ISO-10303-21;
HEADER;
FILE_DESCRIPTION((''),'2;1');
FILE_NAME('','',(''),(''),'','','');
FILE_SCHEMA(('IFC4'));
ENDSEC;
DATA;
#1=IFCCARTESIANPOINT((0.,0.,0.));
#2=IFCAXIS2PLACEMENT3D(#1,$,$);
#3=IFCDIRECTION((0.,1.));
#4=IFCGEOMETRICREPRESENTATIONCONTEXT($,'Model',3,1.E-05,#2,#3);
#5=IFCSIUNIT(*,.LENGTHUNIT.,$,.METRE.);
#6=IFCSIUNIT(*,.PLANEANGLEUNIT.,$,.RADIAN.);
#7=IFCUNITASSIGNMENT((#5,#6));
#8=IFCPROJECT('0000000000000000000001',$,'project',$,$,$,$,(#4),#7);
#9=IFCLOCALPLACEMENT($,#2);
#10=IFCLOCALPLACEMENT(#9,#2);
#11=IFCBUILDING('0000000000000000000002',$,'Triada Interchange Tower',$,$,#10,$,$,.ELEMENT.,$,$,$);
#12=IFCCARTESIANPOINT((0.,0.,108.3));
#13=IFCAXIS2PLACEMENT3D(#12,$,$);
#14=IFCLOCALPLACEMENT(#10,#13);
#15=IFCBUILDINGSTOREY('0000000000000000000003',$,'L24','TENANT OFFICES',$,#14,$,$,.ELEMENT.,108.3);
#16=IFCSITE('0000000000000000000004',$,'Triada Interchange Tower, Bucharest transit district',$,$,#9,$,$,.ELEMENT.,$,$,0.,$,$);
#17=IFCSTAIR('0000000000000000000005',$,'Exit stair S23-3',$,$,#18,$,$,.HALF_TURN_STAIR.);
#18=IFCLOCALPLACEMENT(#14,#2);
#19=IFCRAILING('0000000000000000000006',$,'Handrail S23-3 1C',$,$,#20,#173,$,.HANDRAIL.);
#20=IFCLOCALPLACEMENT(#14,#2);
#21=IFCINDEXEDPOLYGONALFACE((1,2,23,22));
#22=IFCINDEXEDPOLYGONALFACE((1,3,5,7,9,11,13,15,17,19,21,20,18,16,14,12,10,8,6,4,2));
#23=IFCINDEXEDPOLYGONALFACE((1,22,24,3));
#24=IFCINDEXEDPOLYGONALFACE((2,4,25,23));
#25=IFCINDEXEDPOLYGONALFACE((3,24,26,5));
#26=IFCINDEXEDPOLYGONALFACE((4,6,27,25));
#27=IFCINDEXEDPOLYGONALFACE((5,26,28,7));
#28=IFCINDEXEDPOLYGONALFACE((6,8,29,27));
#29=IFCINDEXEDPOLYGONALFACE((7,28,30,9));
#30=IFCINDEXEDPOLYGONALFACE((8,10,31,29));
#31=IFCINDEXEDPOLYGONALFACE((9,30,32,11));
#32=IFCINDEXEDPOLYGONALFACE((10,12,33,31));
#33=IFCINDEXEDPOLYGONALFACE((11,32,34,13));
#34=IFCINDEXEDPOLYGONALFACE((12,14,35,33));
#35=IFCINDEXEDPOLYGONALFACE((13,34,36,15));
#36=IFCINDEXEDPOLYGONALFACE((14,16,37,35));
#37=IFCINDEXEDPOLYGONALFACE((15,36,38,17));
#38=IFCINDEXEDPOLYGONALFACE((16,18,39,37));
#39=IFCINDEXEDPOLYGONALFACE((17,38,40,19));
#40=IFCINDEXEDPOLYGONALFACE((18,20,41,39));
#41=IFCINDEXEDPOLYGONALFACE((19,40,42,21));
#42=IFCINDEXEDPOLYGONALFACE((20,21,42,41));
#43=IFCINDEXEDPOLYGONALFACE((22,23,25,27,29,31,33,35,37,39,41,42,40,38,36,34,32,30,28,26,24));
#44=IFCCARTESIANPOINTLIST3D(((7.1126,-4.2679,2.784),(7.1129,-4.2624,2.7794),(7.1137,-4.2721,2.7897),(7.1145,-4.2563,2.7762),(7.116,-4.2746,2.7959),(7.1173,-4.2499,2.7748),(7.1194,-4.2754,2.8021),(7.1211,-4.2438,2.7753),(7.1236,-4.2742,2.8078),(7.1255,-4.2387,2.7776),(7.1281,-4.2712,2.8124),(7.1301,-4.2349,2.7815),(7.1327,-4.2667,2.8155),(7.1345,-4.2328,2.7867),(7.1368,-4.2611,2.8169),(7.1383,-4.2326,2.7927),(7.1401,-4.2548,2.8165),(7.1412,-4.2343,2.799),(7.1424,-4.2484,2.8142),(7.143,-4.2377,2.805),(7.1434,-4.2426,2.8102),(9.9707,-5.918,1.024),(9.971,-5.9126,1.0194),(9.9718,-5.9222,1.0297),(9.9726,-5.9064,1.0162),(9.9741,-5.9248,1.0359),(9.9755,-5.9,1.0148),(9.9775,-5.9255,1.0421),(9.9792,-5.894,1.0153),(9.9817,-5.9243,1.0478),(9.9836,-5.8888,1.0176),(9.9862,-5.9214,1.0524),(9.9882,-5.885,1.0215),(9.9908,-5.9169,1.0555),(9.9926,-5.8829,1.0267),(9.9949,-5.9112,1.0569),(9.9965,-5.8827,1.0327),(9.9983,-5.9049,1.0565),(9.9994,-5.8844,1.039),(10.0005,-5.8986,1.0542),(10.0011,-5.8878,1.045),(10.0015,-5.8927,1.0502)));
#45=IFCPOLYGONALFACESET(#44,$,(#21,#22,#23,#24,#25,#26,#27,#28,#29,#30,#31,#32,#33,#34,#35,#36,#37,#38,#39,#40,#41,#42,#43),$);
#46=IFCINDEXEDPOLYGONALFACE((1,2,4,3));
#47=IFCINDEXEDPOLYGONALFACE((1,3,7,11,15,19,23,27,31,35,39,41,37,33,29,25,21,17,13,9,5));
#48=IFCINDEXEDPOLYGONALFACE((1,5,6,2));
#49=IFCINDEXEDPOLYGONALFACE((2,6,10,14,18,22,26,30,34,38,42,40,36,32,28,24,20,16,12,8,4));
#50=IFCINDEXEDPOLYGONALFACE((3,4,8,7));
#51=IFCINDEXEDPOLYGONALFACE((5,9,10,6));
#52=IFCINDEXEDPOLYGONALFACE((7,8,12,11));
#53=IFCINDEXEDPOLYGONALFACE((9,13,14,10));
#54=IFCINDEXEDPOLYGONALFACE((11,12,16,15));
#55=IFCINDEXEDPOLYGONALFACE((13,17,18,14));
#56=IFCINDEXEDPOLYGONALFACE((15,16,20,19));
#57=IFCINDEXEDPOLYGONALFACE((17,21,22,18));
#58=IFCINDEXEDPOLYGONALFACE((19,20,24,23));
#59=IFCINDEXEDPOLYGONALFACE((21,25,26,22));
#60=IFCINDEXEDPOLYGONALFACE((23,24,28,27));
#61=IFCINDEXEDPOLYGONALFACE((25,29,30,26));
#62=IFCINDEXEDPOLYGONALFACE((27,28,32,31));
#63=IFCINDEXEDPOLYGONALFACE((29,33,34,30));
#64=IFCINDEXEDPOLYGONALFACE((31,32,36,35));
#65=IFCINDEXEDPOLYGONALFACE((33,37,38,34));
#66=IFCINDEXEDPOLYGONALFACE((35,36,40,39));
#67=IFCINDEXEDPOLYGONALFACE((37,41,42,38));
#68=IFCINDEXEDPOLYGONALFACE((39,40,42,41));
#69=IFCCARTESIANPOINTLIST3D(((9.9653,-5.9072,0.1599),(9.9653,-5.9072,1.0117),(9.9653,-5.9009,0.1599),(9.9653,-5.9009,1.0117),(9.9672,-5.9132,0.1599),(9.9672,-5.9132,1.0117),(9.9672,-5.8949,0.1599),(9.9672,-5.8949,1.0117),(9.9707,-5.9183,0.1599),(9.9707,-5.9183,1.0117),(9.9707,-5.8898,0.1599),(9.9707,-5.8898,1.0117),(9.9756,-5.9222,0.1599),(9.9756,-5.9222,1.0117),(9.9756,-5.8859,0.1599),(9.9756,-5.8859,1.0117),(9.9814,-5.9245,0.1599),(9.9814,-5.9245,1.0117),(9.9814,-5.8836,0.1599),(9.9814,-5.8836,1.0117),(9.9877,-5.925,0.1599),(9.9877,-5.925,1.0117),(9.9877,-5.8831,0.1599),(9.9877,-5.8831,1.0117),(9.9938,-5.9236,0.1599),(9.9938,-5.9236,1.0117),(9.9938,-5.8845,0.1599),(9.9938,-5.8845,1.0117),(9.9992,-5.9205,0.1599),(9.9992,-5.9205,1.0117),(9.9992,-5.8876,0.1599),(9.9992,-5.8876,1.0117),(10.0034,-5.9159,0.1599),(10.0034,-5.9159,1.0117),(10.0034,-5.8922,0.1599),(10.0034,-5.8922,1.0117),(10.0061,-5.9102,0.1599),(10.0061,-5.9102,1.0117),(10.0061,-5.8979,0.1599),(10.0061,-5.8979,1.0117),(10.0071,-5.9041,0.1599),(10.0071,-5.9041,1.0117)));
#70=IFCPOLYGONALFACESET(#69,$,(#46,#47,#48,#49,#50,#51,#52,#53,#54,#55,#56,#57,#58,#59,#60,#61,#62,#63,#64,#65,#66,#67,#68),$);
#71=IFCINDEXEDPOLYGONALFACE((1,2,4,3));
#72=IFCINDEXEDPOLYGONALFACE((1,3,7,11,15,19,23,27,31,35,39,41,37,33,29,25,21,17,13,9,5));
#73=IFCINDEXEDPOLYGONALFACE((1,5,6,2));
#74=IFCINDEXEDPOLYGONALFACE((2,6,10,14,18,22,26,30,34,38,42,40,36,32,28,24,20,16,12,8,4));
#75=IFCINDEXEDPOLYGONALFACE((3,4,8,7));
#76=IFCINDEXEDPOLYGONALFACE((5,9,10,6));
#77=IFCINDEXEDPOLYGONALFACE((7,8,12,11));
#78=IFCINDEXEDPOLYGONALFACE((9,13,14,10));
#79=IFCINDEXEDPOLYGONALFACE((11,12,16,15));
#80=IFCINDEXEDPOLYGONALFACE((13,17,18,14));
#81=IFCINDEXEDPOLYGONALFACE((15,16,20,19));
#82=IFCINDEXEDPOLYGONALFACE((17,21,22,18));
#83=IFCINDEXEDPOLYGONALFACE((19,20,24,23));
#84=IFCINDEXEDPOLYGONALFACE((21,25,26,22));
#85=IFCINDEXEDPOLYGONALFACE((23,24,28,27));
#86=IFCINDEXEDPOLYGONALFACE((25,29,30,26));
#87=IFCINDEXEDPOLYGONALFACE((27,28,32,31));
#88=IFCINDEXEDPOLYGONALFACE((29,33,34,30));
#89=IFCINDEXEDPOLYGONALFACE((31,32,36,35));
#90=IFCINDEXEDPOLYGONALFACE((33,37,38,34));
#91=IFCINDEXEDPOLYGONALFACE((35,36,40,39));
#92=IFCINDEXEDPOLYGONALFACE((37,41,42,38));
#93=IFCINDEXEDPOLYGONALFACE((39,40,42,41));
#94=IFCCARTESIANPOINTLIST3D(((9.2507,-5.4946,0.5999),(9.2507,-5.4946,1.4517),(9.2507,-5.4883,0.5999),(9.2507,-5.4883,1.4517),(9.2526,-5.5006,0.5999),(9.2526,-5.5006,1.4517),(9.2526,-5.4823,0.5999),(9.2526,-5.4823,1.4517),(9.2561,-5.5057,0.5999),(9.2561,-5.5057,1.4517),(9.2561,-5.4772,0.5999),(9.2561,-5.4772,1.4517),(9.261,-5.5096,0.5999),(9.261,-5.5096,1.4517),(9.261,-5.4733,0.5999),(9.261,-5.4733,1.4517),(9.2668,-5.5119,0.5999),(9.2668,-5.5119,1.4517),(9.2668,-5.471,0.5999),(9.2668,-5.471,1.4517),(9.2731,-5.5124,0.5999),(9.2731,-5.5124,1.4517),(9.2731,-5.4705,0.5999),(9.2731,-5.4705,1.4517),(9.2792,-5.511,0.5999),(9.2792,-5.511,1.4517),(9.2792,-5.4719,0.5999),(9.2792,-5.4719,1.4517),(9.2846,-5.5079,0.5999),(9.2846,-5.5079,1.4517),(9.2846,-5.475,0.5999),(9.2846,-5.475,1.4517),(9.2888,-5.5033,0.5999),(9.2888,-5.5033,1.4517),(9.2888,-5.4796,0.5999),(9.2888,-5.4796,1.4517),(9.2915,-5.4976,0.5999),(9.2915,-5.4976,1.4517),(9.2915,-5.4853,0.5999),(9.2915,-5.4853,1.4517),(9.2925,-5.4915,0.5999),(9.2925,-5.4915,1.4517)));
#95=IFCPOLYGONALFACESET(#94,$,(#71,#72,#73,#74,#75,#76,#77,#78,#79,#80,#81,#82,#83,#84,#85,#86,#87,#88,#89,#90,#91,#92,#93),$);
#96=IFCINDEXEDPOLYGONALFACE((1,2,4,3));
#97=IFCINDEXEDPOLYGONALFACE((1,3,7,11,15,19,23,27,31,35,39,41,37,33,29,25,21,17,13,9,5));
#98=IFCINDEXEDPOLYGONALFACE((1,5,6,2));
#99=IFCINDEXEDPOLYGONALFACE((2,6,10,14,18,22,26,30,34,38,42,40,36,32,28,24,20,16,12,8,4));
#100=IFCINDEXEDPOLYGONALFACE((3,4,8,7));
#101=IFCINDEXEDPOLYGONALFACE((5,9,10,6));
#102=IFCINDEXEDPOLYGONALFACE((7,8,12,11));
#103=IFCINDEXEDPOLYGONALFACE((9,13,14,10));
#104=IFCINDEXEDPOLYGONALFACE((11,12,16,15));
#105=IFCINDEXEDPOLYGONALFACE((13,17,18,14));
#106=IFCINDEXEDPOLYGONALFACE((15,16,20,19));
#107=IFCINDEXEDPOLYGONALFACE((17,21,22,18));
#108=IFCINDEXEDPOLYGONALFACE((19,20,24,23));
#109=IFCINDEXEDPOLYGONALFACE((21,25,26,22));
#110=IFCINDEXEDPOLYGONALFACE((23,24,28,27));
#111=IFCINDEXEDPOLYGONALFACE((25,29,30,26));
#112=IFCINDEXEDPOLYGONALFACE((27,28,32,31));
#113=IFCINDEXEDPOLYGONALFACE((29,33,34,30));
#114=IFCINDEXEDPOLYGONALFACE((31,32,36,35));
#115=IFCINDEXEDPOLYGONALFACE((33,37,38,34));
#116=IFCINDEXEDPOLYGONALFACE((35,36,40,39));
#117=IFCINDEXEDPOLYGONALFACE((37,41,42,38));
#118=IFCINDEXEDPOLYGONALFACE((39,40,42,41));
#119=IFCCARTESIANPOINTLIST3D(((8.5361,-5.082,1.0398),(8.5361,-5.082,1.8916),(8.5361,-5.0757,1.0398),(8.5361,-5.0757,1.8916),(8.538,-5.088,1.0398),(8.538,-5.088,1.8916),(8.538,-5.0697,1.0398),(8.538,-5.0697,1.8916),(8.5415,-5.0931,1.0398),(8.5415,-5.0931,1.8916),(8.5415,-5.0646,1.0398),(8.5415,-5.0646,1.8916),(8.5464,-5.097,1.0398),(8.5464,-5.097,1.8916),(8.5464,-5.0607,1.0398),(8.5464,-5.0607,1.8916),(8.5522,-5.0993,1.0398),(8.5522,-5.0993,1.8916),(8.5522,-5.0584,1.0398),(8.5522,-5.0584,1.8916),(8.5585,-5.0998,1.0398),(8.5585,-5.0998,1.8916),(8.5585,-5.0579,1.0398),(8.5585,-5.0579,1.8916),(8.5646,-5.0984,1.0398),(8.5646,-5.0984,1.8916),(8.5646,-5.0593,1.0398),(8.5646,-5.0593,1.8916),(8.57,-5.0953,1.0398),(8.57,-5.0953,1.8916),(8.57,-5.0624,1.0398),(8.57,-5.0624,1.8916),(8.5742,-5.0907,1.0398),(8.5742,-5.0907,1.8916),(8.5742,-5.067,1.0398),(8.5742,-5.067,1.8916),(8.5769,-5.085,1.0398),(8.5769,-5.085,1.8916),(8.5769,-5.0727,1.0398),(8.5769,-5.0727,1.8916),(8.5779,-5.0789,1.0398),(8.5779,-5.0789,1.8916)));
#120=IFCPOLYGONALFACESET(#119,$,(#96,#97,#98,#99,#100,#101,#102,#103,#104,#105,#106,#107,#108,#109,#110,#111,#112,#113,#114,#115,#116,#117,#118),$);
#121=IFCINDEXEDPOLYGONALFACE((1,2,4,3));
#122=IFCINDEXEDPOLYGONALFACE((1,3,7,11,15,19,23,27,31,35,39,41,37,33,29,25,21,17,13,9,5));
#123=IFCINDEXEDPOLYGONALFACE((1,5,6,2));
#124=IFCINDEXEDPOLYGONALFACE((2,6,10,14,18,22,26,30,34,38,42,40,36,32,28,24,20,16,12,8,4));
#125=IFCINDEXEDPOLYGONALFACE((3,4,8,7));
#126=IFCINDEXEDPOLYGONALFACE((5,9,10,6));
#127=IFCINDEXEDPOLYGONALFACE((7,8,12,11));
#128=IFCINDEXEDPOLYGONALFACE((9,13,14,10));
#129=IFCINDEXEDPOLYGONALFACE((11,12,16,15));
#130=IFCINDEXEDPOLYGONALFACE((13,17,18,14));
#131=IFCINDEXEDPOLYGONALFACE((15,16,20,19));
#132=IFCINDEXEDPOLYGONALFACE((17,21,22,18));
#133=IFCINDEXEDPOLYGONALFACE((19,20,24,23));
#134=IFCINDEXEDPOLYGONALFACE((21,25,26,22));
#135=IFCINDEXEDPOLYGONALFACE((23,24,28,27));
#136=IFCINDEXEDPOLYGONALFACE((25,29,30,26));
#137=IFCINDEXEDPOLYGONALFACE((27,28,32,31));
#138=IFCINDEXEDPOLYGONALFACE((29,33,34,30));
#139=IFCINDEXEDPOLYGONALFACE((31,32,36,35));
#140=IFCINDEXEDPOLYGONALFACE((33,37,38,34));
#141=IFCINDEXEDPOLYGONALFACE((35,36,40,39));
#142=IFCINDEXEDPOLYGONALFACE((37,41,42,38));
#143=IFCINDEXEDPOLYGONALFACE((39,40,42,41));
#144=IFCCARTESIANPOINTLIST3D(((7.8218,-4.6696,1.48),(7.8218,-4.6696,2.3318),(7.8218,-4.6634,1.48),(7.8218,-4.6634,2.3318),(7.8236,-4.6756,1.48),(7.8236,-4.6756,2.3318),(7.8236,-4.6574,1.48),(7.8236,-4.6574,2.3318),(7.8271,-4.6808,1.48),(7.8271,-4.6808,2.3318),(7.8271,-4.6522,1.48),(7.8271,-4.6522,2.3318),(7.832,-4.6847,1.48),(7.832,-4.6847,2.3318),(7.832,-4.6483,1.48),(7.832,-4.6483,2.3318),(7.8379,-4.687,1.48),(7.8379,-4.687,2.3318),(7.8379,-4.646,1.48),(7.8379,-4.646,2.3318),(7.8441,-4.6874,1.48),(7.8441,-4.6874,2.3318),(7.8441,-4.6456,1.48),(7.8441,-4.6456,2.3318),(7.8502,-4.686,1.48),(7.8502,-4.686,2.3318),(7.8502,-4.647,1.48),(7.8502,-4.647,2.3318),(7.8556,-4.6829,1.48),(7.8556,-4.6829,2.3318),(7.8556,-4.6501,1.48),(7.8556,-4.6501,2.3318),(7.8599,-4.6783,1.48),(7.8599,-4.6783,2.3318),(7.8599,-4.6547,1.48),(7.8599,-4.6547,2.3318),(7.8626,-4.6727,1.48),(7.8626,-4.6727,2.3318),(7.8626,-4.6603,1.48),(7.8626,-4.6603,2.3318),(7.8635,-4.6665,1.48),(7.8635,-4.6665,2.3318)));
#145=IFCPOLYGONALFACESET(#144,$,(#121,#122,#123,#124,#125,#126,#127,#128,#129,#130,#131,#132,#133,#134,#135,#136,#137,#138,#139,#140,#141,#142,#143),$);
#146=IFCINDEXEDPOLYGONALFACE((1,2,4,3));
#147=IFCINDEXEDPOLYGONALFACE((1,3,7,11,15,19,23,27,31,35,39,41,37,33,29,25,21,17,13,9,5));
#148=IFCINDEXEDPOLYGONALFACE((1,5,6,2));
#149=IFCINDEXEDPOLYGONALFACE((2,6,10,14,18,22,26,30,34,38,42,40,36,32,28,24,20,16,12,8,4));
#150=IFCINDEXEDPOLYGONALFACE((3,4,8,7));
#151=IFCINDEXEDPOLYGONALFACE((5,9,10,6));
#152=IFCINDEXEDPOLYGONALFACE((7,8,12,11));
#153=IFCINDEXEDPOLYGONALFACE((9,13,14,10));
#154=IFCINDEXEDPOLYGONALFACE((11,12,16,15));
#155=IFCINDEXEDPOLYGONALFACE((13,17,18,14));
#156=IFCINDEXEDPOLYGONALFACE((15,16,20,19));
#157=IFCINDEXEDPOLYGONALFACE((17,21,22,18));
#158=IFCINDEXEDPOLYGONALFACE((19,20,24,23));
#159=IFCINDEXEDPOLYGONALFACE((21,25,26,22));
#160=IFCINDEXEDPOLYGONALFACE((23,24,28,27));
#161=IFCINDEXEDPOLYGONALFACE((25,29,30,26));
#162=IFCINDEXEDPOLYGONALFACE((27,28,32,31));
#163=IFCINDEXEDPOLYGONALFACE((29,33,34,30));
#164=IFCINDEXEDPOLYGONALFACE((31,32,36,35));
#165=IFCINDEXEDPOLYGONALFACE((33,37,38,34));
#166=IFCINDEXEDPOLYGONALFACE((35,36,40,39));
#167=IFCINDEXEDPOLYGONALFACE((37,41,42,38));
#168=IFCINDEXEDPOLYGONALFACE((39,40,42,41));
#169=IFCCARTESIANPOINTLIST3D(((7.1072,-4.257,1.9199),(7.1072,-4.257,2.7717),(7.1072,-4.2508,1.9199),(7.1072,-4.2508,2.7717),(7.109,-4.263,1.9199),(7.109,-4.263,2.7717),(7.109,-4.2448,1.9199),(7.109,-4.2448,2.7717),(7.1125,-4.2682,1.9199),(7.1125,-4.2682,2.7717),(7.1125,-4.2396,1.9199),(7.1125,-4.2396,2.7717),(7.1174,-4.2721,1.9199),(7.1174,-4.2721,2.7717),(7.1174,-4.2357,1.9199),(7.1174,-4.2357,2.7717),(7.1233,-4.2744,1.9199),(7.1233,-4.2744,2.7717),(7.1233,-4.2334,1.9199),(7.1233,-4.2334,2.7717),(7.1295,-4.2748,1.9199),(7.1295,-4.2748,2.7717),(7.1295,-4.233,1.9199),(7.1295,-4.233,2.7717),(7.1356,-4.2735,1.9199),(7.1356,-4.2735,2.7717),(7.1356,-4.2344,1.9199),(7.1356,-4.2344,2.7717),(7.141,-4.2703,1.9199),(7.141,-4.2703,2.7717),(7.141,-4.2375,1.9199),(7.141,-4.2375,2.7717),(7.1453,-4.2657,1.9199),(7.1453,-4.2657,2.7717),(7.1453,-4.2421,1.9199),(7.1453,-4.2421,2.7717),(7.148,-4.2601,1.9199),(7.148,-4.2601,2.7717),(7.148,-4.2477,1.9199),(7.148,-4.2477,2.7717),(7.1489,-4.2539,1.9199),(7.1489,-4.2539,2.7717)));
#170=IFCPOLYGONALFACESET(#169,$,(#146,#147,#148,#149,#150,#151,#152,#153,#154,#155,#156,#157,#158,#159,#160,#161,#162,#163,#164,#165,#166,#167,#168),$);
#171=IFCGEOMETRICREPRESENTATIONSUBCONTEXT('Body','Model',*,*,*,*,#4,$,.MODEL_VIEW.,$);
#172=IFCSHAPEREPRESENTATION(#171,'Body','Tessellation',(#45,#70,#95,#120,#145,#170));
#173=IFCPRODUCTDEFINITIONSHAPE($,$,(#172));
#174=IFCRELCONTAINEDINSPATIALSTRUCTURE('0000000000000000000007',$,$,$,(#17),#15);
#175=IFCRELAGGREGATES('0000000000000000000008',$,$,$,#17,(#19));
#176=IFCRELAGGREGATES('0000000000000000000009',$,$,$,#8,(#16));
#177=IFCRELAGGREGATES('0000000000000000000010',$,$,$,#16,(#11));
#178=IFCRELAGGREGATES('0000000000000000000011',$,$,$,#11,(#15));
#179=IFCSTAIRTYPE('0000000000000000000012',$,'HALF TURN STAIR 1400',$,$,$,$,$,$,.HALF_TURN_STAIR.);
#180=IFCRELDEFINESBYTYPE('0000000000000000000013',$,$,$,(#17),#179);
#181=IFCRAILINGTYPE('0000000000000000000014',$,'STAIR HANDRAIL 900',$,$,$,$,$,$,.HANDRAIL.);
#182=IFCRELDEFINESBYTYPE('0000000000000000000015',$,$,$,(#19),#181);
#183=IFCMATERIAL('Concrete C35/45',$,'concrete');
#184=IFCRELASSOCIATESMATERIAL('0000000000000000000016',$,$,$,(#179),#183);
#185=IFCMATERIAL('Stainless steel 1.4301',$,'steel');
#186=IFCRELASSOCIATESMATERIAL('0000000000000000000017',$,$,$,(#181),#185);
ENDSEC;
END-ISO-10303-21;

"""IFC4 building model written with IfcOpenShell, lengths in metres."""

from ifc_helpers import new_model, si_unit, direction, frame, origin, origin_2d, place, context, subcontext, project, spatial, circle, extrude, material, type_object, element, aggregate, save


model = new_model("IFC4")

# Units and contexts
model_context = context("Model", 3, precision=1e-05, world=origin(), true_north=direction((0.0, 1.0)))
body_context = subcontext(model_context, "Body", "Model", "MODEL_VIEW")
ifc_project = project(units=[si_unit("LENGTHUNIT", "METRE"), si_unit("PLANEANGLEUNIT", "RADIAN")], contexts=[model_context])

# Site, building, storey
site_placement = place(None, origin())
site = spatial("IfcSite", under=ifc_project, at=site_placement, Name="Triada Interchange Tower, Bucharest transit district", CompositionType="ELEMENT", RefElevation=0.0)
building_placement = place(site_placement, origin())
building = spatial("IfcBuilding", under=site, at=building_placement, Name="Triada Interchange Tower", CompositionType="ELEMENT")
storey_placement = place(building_placement, frame((0.0, 0.0, 108.3)))
storey = spatial("IfcBuildingStorey", under=building, at=storey_placement, Name="L24", Description="TENANT OFFICES", CompositionType="ELEMENT", Elevation=108.3)

# Stair, railing
ifc_material_1 = material(Name="Concrete C35/45", Category="concrete")
stair_type = type_object("IfcStairType", Name="HALF TURN STAIR 1400", PredefinedType="HALF_TURN_STAIR", material=ifc_material_1)
stair_placement = place(storey_placement, origin())
stair = element("IfcStair", 1, at=stair_placement, inside=storey, type_object=stair_type, Name="Exit stair S23-3", PredefinedType="HALF_TURN_STAIR")
ifc_material_2 = material(Name="Stainless steel 1.4301", Category="steel")
railing_type = type_object("IfcRailingType", Name="STAIR HANDRAIL 900", PredefinedType="HANDRAIL", material=ifc_material_2)
railing_1_placement = place(storey_placement, frame((9.9861, -5.9041, 0.1599)))
railing_1 = element("IfcRailing", 2, at=railing_1_placement, type_object=railing_type, Name="Handrail S23-3 1C", PredefinedType="HANDRAIL", context=body_context, shape_type="SweptSolid", body=[
    extrude(circle(Radius=0.0239, at=origin_2d()), frame((0.0, 0.0, 0.876), z_axis=(-0.764156, 0.441183, 0.470556), x_axis=(-0.499998, -0.866027, 0.0)), (0.0, 0.0, 1.0), 3.7402),
    extrude(circle(Radius=0.021, at=origin_2d()), origin(), (0.0, 0.0, 1.0), 0.8518),
    extrude(circle(Radius=0.021, at=origin_2d()), frame((-0.7146, 0.4126, 0.4399)), (0.0, 0.0, 1.0), 0.8518),
    extrude(circle(Radius=0.021, at=origin_2d()), frame((-1.4292, 0.8252, 0.8799)), (0.0, 0.0, 1.0), 0.8518),
    extrude(circle(Radius=0.021, at=origin_2d()), frame((-2.1436, 1.2375, 1.3201)), (0.0, 0.0, 1.0), 0.8518),
    extrude(circle(Radius=0.021, at=origin_2d()), frame((-2.8582, 1.6501, 1.76)), (0.0, 0.0, 1.0), 0.8518),
])
aggregate(stair, [railing_1])

save(model, "model.ifc")
